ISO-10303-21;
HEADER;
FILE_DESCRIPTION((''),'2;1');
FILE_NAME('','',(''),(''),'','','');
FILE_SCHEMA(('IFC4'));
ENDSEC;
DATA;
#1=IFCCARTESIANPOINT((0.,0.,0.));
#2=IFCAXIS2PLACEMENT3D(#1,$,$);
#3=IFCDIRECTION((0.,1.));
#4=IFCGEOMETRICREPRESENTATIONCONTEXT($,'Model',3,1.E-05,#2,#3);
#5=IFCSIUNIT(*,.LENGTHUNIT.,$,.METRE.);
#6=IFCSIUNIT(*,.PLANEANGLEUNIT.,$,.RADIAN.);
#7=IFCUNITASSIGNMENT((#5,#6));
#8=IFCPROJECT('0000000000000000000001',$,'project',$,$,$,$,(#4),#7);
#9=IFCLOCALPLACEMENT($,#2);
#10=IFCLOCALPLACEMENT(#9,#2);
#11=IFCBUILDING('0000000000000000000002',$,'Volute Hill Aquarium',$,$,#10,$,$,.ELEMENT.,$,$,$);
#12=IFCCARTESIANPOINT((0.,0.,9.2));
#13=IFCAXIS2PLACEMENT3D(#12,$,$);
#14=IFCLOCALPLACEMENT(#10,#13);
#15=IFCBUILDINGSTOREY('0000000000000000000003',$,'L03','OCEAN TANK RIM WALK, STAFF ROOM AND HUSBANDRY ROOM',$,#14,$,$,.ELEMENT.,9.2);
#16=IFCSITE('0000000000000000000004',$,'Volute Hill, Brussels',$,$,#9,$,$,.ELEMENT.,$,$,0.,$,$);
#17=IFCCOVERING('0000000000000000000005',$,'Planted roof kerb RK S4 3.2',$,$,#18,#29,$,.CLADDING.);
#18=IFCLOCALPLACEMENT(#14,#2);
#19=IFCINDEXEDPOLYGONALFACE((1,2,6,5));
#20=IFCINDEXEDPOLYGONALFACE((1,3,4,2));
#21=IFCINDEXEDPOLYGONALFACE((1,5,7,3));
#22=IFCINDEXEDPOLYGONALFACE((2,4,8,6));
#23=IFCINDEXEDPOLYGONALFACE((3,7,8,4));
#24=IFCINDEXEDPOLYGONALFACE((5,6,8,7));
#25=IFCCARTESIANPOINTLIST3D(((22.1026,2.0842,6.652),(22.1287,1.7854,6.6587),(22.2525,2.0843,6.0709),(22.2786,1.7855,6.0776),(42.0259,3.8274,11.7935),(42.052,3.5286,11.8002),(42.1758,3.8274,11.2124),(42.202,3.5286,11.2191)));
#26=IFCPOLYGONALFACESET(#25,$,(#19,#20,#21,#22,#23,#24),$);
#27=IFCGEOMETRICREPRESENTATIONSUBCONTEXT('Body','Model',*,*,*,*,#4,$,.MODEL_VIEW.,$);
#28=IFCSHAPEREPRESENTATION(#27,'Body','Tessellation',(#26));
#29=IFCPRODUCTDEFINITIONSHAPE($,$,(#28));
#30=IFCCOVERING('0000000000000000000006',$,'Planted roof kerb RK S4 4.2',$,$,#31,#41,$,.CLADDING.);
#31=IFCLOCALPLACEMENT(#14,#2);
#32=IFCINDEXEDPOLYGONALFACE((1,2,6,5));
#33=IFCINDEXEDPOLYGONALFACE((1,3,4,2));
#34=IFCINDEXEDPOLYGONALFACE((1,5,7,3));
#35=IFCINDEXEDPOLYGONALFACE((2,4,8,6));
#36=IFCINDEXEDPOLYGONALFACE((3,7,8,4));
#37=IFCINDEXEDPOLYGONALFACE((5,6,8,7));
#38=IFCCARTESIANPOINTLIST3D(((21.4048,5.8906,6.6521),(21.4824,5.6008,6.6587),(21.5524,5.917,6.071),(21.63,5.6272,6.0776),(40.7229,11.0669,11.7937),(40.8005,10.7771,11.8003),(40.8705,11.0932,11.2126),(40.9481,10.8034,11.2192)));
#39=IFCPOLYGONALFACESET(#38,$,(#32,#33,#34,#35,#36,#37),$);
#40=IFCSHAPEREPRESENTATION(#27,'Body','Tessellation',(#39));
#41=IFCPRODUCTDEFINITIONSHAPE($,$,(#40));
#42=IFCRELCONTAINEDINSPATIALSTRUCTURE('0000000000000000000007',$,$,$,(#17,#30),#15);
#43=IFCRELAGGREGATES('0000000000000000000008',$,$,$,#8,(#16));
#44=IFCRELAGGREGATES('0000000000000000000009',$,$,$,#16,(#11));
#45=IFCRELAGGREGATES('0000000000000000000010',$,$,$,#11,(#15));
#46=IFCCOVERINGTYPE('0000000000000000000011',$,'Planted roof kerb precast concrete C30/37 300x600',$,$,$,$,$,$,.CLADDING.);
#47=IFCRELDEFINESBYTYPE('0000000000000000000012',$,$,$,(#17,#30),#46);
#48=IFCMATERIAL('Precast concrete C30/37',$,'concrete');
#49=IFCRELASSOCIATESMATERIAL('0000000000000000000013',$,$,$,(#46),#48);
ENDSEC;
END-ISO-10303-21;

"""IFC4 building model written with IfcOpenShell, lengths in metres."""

from ifc_helpers import new_model, si_unit, direction, frame, origin, place, context, subcontext, project, spatial, polyline, outline, extrude, material, type_object, element, save


model = new_model("IFC4")

# Units and contexts
model_context = context("Model", 3, precision=1e-05, world=origin(), true_north=direction((0.0, 1.0)))
body_context = subcontext(model_context, "Body", "Model", "MODEL_VIEW")
ifc_project = project(units=[si_unit("LENGTHUNIT", "METRE"), si_unit("PLANEANGLEUNIT", "RADIAN")], contexts=[model_context])

# Site, building, storey
site_placement = place(None, origin())
site = spatial("IfcSite", under=ifc_project, at=site_placement, Name="Volute Hill, Brussels", CompositionType="ELEMENT", RefElevation=0.0)
building_placement = place(site_placement, origin())
building = spatial("IfcBuilding", under=site, at=building_placement, Name="Volute Hill Aquarium", CompositionType="ELEMENT")
storey_placement = place(building_placement, frame((0.0, 0.0, 9.2)))
storey = spatial("IfcBuildingStorey", under=building, at=storey_placement, Name="L03", Description="OCEAN TANK RIM WALK, STAFF ROOM AND HUSBANDRY ROOM", CompositionType="ELEMENT", Elevation=9.2)

# Coverings
ifc_material_1 = material(Name="Precast concrete C30/37", Category="concrete")
covering_type_1 = type_object("IfcCoveringType", Name="Planted roof kerb precast concrete C30/37 300x600", PredefinedType="CLADDING", material=ifc_material_1)
covering_1_placement = place(storey_placement, frame((22.1287, 1.7854, 6.6587), z_axis=(-0.24987, -0.000089, 0.96828), x_axis=(0.964822, 0.084416, 0.248985)))
element("IfcCovering", 1, at=covering_1_placement, inside=storey, type_object=covering_type_1, Name="Planted roof kerb RK S4 3.2", PredefinedType="CLADDING", context=body_context, shape_type="SweptSolid", body=[
    extrude(outline(polyline([(0.0, 0.0), (20.6498, 0.0), (20.6481, 0.3), (-0.0016, 0.3), (0.0, 0.0)])), origin(), (0.0, 0.0, -1.0), 0.6001),
])
covering_2_placement = place(storey_placement, frame((21.4824, 5.6008, 6.6587), z_axis=(-0.245959, -0.043868, 0.968287), x_axis=(0.935505, 0.250668, 0.248989)))
element("IfcCovering", 2, at=covering_2_placement, inside=storey, type_object=covering_type_1, Name="Planted roof kerb RK S4 4.2", PredefinedType="CLADDING", context=body_context, shape_type="SweptSolid", body=[
    extrude(outline(polyline([(0.0, 0.0), (20.6499, 0.0), (20.6483, 0.3001), (-0.0016, 0.3001), (0.0, 0.0)])), origin(), (0.0, 0.0, -1.0), 0.6001),
])

save(model, "model.ifc")
